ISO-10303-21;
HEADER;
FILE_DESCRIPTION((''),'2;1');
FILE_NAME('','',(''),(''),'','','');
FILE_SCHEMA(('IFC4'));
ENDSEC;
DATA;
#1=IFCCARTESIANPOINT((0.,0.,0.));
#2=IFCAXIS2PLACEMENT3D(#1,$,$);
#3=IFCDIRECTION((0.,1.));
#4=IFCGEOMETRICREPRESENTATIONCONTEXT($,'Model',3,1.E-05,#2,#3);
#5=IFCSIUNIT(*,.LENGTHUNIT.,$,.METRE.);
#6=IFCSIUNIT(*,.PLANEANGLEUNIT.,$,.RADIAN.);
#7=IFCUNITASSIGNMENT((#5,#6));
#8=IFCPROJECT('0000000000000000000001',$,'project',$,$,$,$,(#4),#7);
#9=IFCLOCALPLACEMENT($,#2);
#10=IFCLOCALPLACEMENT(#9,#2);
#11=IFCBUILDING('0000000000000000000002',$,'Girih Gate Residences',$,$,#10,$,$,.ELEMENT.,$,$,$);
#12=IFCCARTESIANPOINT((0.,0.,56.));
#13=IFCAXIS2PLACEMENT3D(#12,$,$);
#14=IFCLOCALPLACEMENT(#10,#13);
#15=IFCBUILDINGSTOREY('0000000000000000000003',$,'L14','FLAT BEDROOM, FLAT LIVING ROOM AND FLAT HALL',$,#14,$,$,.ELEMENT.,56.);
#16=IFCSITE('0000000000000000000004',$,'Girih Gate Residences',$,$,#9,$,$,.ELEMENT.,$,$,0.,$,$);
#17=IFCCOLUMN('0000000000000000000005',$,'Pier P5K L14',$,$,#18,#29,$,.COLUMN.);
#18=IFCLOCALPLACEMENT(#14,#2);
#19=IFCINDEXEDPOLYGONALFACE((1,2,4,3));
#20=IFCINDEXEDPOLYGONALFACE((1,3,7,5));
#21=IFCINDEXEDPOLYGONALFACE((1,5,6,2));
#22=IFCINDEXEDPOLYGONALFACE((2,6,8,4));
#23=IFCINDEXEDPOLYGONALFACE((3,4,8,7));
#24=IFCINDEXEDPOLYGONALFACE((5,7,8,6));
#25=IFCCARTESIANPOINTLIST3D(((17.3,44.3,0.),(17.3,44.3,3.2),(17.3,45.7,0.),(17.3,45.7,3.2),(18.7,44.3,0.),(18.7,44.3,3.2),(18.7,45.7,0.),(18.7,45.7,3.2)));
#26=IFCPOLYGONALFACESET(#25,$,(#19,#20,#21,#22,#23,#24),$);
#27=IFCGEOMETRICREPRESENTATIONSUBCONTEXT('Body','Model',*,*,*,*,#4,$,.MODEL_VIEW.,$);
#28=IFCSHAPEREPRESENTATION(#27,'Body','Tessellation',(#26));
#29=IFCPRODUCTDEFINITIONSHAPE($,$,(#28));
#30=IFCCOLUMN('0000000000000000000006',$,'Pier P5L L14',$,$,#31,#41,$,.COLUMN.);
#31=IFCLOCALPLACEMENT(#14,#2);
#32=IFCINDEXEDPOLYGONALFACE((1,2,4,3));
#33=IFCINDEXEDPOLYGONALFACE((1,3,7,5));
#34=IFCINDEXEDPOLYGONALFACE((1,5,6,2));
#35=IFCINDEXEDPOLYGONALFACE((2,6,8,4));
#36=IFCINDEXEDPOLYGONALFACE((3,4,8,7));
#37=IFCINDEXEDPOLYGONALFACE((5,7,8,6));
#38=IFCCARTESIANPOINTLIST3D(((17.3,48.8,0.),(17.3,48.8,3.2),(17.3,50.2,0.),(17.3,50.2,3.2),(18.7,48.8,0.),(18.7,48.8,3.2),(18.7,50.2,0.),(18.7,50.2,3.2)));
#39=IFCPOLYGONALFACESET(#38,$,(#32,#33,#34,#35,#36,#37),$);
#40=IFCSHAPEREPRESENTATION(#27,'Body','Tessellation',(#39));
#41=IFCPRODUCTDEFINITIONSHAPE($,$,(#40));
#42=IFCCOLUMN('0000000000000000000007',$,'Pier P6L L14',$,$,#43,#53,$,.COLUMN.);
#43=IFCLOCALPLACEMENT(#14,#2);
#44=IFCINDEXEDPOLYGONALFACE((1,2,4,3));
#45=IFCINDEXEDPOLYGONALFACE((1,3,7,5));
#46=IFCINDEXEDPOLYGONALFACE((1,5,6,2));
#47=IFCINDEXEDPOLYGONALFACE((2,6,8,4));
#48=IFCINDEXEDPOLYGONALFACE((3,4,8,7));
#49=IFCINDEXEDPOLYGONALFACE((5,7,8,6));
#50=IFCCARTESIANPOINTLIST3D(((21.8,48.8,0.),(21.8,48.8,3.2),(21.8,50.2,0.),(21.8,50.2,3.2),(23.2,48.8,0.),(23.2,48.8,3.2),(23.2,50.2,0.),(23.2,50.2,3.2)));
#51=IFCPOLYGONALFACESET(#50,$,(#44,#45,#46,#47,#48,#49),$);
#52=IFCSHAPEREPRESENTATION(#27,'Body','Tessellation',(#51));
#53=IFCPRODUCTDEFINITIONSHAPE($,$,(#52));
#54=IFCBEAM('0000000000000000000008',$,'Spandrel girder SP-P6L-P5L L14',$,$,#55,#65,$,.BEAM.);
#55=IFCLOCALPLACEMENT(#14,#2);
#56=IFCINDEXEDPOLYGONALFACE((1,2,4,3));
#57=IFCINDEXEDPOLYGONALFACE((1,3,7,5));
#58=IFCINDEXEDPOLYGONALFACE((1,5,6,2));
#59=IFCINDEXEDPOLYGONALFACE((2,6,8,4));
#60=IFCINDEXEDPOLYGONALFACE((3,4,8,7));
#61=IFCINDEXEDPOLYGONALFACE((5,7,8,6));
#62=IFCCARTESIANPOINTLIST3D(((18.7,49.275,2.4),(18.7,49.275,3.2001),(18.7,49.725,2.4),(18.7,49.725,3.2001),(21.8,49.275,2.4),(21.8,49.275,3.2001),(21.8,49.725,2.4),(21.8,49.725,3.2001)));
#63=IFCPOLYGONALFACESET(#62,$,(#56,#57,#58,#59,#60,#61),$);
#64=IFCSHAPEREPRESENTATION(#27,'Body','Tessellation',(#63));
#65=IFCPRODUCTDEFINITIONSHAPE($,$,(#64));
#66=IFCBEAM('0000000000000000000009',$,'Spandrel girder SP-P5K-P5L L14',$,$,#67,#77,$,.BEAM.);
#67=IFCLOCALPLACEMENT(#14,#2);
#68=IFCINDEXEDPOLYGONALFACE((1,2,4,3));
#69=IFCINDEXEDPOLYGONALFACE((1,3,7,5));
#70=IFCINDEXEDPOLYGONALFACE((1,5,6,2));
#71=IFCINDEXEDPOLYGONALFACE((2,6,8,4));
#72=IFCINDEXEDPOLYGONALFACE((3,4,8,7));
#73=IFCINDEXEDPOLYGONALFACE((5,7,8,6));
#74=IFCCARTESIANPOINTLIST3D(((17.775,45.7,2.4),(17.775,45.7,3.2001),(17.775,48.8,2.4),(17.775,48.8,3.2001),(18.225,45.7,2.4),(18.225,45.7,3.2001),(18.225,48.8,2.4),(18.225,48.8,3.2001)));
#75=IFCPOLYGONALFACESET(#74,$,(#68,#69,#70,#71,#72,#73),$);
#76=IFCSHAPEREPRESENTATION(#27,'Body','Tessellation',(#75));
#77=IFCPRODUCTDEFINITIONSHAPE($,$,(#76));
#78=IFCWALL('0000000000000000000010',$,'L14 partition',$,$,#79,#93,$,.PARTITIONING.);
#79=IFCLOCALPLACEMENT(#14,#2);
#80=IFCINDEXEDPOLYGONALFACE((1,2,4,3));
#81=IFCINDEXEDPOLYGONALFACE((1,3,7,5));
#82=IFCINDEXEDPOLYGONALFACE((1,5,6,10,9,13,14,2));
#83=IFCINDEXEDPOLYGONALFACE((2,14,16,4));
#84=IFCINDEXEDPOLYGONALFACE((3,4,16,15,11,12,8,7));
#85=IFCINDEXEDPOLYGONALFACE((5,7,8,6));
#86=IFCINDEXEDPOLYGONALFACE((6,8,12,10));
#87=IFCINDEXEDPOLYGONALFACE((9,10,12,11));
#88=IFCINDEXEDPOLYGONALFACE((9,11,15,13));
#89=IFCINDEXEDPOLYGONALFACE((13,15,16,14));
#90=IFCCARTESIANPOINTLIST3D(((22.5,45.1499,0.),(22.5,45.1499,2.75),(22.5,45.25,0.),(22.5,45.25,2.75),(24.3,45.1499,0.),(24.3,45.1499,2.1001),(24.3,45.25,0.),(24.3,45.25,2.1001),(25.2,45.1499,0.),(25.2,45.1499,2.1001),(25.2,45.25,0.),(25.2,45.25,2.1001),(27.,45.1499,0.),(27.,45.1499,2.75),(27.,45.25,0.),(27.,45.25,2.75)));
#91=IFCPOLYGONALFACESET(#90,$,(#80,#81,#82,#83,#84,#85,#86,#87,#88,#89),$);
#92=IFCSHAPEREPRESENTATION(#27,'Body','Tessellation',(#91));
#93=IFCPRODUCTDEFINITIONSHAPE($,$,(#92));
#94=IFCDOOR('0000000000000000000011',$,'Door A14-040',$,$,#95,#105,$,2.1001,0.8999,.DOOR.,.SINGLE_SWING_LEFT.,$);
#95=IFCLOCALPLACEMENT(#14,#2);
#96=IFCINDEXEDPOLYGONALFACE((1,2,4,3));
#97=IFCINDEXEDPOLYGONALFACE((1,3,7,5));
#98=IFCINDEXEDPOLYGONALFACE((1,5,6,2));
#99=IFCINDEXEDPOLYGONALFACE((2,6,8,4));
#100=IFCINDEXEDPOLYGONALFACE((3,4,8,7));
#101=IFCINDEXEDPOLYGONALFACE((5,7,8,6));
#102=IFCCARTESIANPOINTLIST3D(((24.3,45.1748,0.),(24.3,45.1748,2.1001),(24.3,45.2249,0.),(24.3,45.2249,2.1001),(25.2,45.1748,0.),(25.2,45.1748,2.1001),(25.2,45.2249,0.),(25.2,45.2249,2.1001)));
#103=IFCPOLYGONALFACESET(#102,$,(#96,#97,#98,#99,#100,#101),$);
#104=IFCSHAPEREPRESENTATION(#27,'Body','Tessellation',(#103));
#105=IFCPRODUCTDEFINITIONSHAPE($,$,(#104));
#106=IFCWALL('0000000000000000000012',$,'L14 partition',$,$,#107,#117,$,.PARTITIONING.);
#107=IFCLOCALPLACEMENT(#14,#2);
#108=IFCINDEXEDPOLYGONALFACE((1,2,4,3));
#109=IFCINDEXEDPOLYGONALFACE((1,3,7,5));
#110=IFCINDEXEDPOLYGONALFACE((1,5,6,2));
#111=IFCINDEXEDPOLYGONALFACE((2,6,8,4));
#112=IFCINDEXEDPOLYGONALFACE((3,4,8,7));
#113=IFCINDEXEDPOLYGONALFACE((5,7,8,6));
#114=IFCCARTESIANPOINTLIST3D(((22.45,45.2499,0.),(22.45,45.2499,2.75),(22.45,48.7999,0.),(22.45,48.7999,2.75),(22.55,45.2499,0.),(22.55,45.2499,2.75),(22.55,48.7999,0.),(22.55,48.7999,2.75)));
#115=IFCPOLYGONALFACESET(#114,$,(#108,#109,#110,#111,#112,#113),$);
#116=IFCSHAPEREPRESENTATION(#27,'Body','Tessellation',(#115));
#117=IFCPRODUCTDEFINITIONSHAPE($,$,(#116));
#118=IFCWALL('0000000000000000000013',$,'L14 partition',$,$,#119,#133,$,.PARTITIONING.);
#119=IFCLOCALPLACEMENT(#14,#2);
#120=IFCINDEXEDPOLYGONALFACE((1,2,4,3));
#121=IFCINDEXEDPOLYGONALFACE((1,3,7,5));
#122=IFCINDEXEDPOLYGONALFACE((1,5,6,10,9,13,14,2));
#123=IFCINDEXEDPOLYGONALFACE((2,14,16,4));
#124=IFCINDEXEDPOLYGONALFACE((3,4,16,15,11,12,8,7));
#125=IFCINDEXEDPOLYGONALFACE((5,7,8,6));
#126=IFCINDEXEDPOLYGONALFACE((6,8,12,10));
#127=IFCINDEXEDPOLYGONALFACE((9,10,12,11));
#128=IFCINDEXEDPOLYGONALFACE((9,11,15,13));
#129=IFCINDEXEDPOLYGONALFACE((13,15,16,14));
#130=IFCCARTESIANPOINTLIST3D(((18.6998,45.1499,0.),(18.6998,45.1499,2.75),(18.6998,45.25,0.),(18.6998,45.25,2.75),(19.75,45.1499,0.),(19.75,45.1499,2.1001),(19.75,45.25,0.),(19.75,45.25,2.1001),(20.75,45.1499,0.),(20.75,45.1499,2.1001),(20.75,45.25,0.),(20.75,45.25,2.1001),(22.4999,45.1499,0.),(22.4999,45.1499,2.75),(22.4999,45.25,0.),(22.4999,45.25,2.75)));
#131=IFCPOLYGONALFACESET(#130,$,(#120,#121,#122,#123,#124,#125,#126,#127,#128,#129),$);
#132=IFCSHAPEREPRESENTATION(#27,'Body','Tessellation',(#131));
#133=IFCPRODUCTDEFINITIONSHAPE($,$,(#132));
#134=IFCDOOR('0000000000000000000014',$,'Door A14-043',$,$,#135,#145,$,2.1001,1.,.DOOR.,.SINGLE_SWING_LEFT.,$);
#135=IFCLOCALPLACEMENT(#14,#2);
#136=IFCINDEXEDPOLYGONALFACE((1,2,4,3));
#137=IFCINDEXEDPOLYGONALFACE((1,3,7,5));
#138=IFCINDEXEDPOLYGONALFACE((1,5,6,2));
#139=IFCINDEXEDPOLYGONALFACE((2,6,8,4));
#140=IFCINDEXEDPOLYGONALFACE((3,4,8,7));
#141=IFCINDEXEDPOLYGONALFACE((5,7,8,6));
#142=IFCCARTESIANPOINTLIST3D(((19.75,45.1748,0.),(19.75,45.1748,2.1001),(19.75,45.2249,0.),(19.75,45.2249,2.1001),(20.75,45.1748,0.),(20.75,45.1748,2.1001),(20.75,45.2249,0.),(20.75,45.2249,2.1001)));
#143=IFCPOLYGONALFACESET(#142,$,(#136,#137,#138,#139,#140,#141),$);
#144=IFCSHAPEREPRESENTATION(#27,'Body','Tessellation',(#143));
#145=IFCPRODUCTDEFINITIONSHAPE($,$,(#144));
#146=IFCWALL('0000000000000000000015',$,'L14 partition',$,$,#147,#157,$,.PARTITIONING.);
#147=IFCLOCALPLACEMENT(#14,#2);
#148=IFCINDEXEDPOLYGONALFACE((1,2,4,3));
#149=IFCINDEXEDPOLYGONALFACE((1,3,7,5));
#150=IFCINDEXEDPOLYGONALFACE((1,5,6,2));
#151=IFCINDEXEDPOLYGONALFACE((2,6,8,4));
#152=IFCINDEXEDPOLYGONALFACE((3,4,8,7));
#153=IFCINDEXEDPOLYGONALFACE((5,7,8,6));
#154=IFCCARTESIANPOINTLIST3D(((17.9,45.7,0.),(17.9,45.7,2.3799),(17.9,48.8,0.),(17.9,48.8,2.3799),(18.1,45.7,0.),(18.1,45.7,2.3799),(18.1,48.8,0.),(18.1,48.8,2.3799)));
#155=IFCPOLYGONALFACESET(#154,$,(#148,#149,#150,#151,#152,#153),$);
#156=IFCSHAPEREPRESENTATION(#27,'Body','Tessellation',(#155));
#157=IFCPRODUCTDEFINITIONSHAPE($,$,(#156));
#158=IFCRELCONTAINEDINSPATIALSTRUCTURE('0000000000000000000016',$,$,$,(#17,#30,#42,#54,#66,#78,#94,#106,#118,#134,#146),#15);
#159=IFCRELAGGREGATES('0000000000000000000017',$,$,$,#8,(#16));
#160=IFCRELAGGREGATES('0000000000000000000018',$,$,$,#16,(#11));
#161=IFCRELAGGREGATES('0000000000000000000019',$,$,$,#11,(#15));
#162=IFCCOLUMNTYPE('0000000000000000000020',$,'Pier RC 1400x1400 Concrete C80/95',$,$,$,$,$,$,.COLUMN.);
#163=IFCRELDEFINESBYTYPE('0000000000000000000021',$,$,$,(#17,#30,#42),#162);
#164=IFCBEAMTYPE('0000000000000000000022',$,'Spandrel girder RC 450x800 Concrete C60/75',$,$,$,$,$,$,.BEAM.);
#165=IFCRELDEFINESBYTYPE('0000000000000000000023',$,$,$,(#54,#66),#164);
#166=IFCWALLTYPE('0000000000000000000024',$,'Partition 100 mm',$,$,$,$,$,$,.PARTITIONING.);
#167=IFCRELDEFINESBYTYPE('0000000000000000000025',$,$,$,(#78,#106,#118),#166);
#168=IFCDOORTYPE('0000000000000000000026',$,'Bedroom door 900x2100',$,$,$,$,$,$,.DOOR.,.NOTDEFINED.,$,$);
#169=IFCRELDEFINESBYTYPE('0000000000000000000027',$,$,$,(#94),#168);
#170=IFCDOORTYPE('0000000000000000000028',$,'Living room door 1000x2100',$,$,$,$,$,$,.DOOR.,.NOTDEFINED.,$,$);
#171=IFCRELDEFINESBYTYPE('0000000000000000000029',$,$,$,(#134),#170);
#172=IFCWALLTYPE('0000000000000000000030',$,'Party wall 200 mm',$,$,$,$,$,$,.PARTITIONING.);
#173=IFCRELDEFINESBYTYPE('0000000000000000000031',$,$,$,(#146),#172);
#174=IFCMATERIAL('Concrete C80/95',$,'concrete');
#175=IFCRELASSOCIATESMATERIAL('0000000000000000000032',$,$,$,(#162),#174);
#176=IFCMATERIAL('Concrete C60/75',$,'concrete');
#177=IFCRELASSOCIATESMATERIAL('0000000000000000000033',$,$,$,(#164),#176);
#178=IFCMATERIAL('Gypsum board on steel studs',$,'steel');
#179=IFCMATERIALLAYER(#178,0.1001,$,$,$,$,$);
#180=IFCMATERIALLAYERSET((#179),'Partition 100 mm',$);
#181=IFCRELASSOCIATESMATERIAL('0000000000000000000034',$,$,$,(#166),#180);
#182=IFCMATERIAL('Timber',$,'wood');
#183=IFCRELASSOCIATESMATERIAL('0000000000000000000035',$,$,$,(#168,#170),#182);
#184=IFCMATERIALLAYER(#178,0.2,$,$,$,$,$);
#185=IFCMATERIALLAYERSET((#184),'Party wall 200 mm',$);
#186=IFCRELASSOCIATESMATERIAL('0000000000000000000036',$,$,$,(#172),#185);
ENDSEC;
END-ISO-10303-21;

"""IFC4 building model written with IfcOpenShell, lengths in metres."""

from ifc_helpers import new_model, si_unit, direction, frame, frame_2d, origin, origin_2d, place, context, subcontext, project, spatial, rectangle, extrude, material, layer, layer_set, material_profile, profile_set, type_object, element, fill, save


model = new_model("IFC4")

# Units and contexts
model_context = context("Model", 3, precision=1e-05, world=origin(), true_north=direction((0.0, 1.0)))
body_context = subcontext(model_context, "Body", "Model", "MODEL_VIEW")
ifc_project = project(units=[si_unit("LENGTHUNIT", "METRE"), si_unit("PLANEANGLEUNIT", "RADIAN")], contexts=[model_context])

# Site, building, storey
site_placement = place(None, origin())
site = spatial("IfcSite", under=ifc_project, at=site_placement, Name="Girih Gate Residences", CompositionType="ELEMENT", RefElevation=0.0)
building_placement = place(site_placement, origin())
building = spatial("IfcBuilding", under=site, at=building_placement, Name="Girih Gate Residences", CompositionType="ELEMENT")
storey_placement = place(building_placement, frame((0.0, 0.0, 56.0)))
storey = spatial("IfcBuildingStorey", under=building, at=storey_placement, Name="L14", Description="FLAT BEDROOM, FLAT LIVING ROOM AND FLAT HALL", CompositionType="ELEMENT", Elevation=56.0)

# Columns
ifc_material_1 = material(Name="Concrete C80/95", Category="concrete")
ifc_material_profile_1 = material_profile(ifc_material_1, rectangle(XDim=1.3999, YDim=1.3999, at=origin_2d()))
ifc_profile_set_1 = profile_set([ifc_material_profile_1], Name="Concrete C80/95")
column_type = type_object("IfcColumnType", Name="Pier RC 1400x1400 Concrete C80/95", PredefinedType="COLUMN", material=ifc_profile_set_1)
for number, where, z_axis, x_axis, name in (
    (1, (18.0, 45.0, 0.0), (0.0, 0.0, 1.0), (1.0, 0.0, 0.0), "Pier P5K L14"),
    (2, (18.0, 49.5, 0.0), (0.0, 0.0, 1.0), (1.0, 0.0, 0.0), "Pier P5L L14"),
    (3, (22.5, 49.5, 0.0), (0.0, 0.0, 1.0), (1.0, 0.0, 0.0), "Pier P6L L14"),
):
    element("IfcColumn", number, at=place(storey_placement, frame(where, z_axis=z_axis, x_axis=x_axis)), inside=storey, type_object=column_type, Name=name, PredefinedType="COLUMN", context=body_context, shape_type="SweptSolid", body=[
        extrude(rectangle(XDim=1.3999, YDim=1.3999, at=origin_2d()), origin(), (0.0, 0.0, 1.0), 3.2),
    ])

# Beams
ifc_material_2 = material(Name="Concrete C60/75", Category="concrete")
ifc_material_profile_2 = material_profile(ifc_material_2, rectangle(XDim=0.45, YDim=0.8, at=origin_2d()))
ifc_profile_set_2 = profile_set([ifc_material_profile_2], Name="Concrete C60/75")
beam_type = type_object("IfcBeamType", Name="Spandrel girder RC 450x800 Concrete C60/75", PredefinedType="BEAM", material=ifc_profile_set_2)
for number, where, z_axis, x_axis, name in (
    (4, (21.8, 49.5, 2.8), (-1.0, 0.0, 0.0), (0.0, -1.0, 0.0), "Spandrel girder SP-P6L-P5L L14"),
    (5, (18.0, 45.7, 2.8), (0.0, 1.0, 0.0), (-1.0, 0.0, 0.0), "Spandrel girder SP-P5K-P5L L14"),
):
    element("IfcBeam", number, at=place(storey_placement, frame(where, z_axis=z_axis, x_axis=x_axis)), inside=storey, type_object=beam_type, Name=name, PredefinedType="BEAM", context=body_context, shape_type="SweptSolid", body=[
        extrude(rectangle(XDim=0.45, YDim=0.8, at=origin_2d()), origin(), (0.0, 0.0, 1.0), 3.1001),
    ])

# Wall, opening, door
ifc_material_3 = material(Name="Gypsum board on steel studs", Category="steel")
ifc_layer_1 = layer(ifc_material_3, 0.1001)
ifc_layer_set_1 = layer_set([ifc_layer_1], Name="Partition 100 mm")
wall_type_1 = type_object("IfcWallType", Name="Partition 100 mm", PredefinedType="PARTITIONING", material=ifc_layer_set_1)
wall_1_placement = place(storey_placement, frame((22.5, 45.2, 0.0), z_axis=(0.0, 0.0, 1.0), x_axis=(1.0, 0.0, 0.0)))
wall_1 = element("IfcWall", 6, at=wall_1_placement, inside=storey, type_object=wall_type_1, Name="L14 partition", PredefinedType="PARTITIONING", context=body_context, shape_type="SweptSolid", body=[
    extrude(rectangle(XDim=4.5, YDim=0.1001, at=frame_2d((2.25, 0.0))), origin(), (0.0, 0.0, 1.0), 2.75),
])
opening_1_placement = place(wall_1_placement, frame((1.8, 0.0, 0.0)))
opening_1 = element("IfcOpeningElement", 7, at=opening_1_placement, cuts=wall_1, PredefinedType="OPENING", context=body_context, shape_type="SweptSolid", body=[
    extrude(rectangle(XDim=0.8999, YDim=2.1001, at=frame_2d((0.45, 1.05))), frame((0.0, 0.0601, 0.0), z_axis=(0.0, -1.0, 0.0), x_axis=(1.0, 0.0, 0.0)), (0.0, 0.0, 1.0), 0.1201),
])
ifc_material_4 = material(Name="Timber", Category="wood")
door_type_1 = type_object("IfcDoorType", Name="Bedroom door 900x2100", OperationType="NOTDEFINED", PredefinedType="DOOR", material=ifc_material_4)
door_1_placement = place(opening_1_placement, origin())
door_1 = element("IfcDoor", 8, at=door_1_placement, inside=storey, type_object=door_type_1, Name="Door A14-040", OperationType="SINGLE_SWING_LEFT", OverallHeight=2.1001, OverallWidth=0.8999, PredefinedType="DOOR", context=body_context, shape_type="SweptSolid", body=[
    extrude(rectangle(XDim=0.8999, YDim=2.1001, at=frame_2d((0.45, 1.05))), frame((0.0, 0.0249, 0.0), z_axis=(0.0, -1.0, 0.0), x_axis=(1.0, 0.0, 0.0)), (0.0, 0.0, 1.0), 0.05),
])
fill(opening_1, door_1)

# Wall
wall_2_placement = place(storey_placement, frame((22.5, 45.25, 0.0), z_axis=(0.0, 0.0, 1.0), x_axis=(0.0, 1.0, 0.0)))
element("IfcWall", 9, at=wall_2_placement, inside=storey, type_object=wall_type_1, Name="L14 partition", PredefinedType="PARTITIONING", context=body_context, shape_type="SweptSolid", body=[
    extrude(rectangle(XDim=3.55, YDim=0.1001, at=frame_2d((1.7749, 0.0))), origin(), (0.0, 0.0, 1.0), 2.75),
])

# Wall, opening, door
wall_3_placement = place(storey_placement, frame((18.7, 45.2, 0.0), z_axis=(0.0, 0.0, 1.0), x_axis=(1.0, 0.0, 0.0)))
wall_3 = element("IfcWall", 10, at=wall_3_placement, inside=storey, type_object=wall_type_1, Name="L14 partition", PredefinedType="PARTITIONING", context=body_context, shape_type="SweptSolid", body=[
    extrude(rectangle(XDim=3.8, YDim=0.1001, at=frame_2d((1.8999, 0.0))), origin(), (0.0, 0.0, 1.0), 2.75),
])
opening_2_placement = place(wall_3_placement, frame((1.05, 0.0, 0.0)))
opening_2 = element("IfcOpeningElement", 11, at=opening_2_placement, cuts=wall_3, PredefinedType="OPENING", context=body_context, shape_type="SweptSolid", body=[
    extrude(rectangle(XDim=1.0, YDim=2.1001, at=frame_2d((0.5, 1.05))), frame((0.0, 0.0601, 0.0), z_axis=(0.0, -1.0, 0.0), x_axis=(1.0, 0.0, 0.0)), (0.0, 0.0, 1.0), 0.1201),
])
door_type_2 = type_object("IfcDoorType", Name="Living room door 1000x2100", OperationType="NOTDEFINED", PredefinedType="DOOR", material=ifc_material_4)
door_2_placement = place(opening_2_placement, origin())
door_2 = element("IfcDoor", 12, at=door_2_placement, inside=storey, type_object=door_type_2, Name="Door A14-043", OperationType="SINGLE_SWING_LEFT", OverallHeight=2.1001, OverallWidth=1.0, PredefinedType="DOOR", context=body_context, shape_type="SweptSolid", body=[
    extrude(rectangle(XDim=1.0, YDim=2.1001, at=frame_2d((0.5, 1.05))), frame((0.0, 0.0249, 0.0), z_axis=(0.0, -1.0, 0.0), x_axis=(1.0, 0.0, 0.0)), (0.0, 0.0, 1.0), 0.05),
])
fill(opening_2, door_2)

# Wall
ifc_layer_2 = layer(ifc_material_3, 0.2)
ifc_layer_set_2 = layer_set([ifc_layer_2], Name="Party wall 200 mm")
wall_type_2 = type_object("IfcWallType", Name="Party wall 200 mm", PredefinedType="PARTITIONING", material=ifc_layer_set_2)
wall_4_placement = place(storey_placement, frame((18.0, 45.7, 0.0), z_axis=(0.0, 0.0, 1.0), x_axis=(0.0, 1.0, 0.0)))
element("IfcWall", 13, at=wall_4_placement, inside=storey, type_object=wall_type_2, Name="L14 partition", PredefinedType="PARTITIONING", context=body_context, shape_type="SweptSolid", body=[
    extrude(rectangle(XDim=3.1001, YDim=0.2, at=frame_2d((1.55, 0.0))), origin(), (0.0, 0.0, 1.0), 2.3799),
])

save(model, "model.ifc")
